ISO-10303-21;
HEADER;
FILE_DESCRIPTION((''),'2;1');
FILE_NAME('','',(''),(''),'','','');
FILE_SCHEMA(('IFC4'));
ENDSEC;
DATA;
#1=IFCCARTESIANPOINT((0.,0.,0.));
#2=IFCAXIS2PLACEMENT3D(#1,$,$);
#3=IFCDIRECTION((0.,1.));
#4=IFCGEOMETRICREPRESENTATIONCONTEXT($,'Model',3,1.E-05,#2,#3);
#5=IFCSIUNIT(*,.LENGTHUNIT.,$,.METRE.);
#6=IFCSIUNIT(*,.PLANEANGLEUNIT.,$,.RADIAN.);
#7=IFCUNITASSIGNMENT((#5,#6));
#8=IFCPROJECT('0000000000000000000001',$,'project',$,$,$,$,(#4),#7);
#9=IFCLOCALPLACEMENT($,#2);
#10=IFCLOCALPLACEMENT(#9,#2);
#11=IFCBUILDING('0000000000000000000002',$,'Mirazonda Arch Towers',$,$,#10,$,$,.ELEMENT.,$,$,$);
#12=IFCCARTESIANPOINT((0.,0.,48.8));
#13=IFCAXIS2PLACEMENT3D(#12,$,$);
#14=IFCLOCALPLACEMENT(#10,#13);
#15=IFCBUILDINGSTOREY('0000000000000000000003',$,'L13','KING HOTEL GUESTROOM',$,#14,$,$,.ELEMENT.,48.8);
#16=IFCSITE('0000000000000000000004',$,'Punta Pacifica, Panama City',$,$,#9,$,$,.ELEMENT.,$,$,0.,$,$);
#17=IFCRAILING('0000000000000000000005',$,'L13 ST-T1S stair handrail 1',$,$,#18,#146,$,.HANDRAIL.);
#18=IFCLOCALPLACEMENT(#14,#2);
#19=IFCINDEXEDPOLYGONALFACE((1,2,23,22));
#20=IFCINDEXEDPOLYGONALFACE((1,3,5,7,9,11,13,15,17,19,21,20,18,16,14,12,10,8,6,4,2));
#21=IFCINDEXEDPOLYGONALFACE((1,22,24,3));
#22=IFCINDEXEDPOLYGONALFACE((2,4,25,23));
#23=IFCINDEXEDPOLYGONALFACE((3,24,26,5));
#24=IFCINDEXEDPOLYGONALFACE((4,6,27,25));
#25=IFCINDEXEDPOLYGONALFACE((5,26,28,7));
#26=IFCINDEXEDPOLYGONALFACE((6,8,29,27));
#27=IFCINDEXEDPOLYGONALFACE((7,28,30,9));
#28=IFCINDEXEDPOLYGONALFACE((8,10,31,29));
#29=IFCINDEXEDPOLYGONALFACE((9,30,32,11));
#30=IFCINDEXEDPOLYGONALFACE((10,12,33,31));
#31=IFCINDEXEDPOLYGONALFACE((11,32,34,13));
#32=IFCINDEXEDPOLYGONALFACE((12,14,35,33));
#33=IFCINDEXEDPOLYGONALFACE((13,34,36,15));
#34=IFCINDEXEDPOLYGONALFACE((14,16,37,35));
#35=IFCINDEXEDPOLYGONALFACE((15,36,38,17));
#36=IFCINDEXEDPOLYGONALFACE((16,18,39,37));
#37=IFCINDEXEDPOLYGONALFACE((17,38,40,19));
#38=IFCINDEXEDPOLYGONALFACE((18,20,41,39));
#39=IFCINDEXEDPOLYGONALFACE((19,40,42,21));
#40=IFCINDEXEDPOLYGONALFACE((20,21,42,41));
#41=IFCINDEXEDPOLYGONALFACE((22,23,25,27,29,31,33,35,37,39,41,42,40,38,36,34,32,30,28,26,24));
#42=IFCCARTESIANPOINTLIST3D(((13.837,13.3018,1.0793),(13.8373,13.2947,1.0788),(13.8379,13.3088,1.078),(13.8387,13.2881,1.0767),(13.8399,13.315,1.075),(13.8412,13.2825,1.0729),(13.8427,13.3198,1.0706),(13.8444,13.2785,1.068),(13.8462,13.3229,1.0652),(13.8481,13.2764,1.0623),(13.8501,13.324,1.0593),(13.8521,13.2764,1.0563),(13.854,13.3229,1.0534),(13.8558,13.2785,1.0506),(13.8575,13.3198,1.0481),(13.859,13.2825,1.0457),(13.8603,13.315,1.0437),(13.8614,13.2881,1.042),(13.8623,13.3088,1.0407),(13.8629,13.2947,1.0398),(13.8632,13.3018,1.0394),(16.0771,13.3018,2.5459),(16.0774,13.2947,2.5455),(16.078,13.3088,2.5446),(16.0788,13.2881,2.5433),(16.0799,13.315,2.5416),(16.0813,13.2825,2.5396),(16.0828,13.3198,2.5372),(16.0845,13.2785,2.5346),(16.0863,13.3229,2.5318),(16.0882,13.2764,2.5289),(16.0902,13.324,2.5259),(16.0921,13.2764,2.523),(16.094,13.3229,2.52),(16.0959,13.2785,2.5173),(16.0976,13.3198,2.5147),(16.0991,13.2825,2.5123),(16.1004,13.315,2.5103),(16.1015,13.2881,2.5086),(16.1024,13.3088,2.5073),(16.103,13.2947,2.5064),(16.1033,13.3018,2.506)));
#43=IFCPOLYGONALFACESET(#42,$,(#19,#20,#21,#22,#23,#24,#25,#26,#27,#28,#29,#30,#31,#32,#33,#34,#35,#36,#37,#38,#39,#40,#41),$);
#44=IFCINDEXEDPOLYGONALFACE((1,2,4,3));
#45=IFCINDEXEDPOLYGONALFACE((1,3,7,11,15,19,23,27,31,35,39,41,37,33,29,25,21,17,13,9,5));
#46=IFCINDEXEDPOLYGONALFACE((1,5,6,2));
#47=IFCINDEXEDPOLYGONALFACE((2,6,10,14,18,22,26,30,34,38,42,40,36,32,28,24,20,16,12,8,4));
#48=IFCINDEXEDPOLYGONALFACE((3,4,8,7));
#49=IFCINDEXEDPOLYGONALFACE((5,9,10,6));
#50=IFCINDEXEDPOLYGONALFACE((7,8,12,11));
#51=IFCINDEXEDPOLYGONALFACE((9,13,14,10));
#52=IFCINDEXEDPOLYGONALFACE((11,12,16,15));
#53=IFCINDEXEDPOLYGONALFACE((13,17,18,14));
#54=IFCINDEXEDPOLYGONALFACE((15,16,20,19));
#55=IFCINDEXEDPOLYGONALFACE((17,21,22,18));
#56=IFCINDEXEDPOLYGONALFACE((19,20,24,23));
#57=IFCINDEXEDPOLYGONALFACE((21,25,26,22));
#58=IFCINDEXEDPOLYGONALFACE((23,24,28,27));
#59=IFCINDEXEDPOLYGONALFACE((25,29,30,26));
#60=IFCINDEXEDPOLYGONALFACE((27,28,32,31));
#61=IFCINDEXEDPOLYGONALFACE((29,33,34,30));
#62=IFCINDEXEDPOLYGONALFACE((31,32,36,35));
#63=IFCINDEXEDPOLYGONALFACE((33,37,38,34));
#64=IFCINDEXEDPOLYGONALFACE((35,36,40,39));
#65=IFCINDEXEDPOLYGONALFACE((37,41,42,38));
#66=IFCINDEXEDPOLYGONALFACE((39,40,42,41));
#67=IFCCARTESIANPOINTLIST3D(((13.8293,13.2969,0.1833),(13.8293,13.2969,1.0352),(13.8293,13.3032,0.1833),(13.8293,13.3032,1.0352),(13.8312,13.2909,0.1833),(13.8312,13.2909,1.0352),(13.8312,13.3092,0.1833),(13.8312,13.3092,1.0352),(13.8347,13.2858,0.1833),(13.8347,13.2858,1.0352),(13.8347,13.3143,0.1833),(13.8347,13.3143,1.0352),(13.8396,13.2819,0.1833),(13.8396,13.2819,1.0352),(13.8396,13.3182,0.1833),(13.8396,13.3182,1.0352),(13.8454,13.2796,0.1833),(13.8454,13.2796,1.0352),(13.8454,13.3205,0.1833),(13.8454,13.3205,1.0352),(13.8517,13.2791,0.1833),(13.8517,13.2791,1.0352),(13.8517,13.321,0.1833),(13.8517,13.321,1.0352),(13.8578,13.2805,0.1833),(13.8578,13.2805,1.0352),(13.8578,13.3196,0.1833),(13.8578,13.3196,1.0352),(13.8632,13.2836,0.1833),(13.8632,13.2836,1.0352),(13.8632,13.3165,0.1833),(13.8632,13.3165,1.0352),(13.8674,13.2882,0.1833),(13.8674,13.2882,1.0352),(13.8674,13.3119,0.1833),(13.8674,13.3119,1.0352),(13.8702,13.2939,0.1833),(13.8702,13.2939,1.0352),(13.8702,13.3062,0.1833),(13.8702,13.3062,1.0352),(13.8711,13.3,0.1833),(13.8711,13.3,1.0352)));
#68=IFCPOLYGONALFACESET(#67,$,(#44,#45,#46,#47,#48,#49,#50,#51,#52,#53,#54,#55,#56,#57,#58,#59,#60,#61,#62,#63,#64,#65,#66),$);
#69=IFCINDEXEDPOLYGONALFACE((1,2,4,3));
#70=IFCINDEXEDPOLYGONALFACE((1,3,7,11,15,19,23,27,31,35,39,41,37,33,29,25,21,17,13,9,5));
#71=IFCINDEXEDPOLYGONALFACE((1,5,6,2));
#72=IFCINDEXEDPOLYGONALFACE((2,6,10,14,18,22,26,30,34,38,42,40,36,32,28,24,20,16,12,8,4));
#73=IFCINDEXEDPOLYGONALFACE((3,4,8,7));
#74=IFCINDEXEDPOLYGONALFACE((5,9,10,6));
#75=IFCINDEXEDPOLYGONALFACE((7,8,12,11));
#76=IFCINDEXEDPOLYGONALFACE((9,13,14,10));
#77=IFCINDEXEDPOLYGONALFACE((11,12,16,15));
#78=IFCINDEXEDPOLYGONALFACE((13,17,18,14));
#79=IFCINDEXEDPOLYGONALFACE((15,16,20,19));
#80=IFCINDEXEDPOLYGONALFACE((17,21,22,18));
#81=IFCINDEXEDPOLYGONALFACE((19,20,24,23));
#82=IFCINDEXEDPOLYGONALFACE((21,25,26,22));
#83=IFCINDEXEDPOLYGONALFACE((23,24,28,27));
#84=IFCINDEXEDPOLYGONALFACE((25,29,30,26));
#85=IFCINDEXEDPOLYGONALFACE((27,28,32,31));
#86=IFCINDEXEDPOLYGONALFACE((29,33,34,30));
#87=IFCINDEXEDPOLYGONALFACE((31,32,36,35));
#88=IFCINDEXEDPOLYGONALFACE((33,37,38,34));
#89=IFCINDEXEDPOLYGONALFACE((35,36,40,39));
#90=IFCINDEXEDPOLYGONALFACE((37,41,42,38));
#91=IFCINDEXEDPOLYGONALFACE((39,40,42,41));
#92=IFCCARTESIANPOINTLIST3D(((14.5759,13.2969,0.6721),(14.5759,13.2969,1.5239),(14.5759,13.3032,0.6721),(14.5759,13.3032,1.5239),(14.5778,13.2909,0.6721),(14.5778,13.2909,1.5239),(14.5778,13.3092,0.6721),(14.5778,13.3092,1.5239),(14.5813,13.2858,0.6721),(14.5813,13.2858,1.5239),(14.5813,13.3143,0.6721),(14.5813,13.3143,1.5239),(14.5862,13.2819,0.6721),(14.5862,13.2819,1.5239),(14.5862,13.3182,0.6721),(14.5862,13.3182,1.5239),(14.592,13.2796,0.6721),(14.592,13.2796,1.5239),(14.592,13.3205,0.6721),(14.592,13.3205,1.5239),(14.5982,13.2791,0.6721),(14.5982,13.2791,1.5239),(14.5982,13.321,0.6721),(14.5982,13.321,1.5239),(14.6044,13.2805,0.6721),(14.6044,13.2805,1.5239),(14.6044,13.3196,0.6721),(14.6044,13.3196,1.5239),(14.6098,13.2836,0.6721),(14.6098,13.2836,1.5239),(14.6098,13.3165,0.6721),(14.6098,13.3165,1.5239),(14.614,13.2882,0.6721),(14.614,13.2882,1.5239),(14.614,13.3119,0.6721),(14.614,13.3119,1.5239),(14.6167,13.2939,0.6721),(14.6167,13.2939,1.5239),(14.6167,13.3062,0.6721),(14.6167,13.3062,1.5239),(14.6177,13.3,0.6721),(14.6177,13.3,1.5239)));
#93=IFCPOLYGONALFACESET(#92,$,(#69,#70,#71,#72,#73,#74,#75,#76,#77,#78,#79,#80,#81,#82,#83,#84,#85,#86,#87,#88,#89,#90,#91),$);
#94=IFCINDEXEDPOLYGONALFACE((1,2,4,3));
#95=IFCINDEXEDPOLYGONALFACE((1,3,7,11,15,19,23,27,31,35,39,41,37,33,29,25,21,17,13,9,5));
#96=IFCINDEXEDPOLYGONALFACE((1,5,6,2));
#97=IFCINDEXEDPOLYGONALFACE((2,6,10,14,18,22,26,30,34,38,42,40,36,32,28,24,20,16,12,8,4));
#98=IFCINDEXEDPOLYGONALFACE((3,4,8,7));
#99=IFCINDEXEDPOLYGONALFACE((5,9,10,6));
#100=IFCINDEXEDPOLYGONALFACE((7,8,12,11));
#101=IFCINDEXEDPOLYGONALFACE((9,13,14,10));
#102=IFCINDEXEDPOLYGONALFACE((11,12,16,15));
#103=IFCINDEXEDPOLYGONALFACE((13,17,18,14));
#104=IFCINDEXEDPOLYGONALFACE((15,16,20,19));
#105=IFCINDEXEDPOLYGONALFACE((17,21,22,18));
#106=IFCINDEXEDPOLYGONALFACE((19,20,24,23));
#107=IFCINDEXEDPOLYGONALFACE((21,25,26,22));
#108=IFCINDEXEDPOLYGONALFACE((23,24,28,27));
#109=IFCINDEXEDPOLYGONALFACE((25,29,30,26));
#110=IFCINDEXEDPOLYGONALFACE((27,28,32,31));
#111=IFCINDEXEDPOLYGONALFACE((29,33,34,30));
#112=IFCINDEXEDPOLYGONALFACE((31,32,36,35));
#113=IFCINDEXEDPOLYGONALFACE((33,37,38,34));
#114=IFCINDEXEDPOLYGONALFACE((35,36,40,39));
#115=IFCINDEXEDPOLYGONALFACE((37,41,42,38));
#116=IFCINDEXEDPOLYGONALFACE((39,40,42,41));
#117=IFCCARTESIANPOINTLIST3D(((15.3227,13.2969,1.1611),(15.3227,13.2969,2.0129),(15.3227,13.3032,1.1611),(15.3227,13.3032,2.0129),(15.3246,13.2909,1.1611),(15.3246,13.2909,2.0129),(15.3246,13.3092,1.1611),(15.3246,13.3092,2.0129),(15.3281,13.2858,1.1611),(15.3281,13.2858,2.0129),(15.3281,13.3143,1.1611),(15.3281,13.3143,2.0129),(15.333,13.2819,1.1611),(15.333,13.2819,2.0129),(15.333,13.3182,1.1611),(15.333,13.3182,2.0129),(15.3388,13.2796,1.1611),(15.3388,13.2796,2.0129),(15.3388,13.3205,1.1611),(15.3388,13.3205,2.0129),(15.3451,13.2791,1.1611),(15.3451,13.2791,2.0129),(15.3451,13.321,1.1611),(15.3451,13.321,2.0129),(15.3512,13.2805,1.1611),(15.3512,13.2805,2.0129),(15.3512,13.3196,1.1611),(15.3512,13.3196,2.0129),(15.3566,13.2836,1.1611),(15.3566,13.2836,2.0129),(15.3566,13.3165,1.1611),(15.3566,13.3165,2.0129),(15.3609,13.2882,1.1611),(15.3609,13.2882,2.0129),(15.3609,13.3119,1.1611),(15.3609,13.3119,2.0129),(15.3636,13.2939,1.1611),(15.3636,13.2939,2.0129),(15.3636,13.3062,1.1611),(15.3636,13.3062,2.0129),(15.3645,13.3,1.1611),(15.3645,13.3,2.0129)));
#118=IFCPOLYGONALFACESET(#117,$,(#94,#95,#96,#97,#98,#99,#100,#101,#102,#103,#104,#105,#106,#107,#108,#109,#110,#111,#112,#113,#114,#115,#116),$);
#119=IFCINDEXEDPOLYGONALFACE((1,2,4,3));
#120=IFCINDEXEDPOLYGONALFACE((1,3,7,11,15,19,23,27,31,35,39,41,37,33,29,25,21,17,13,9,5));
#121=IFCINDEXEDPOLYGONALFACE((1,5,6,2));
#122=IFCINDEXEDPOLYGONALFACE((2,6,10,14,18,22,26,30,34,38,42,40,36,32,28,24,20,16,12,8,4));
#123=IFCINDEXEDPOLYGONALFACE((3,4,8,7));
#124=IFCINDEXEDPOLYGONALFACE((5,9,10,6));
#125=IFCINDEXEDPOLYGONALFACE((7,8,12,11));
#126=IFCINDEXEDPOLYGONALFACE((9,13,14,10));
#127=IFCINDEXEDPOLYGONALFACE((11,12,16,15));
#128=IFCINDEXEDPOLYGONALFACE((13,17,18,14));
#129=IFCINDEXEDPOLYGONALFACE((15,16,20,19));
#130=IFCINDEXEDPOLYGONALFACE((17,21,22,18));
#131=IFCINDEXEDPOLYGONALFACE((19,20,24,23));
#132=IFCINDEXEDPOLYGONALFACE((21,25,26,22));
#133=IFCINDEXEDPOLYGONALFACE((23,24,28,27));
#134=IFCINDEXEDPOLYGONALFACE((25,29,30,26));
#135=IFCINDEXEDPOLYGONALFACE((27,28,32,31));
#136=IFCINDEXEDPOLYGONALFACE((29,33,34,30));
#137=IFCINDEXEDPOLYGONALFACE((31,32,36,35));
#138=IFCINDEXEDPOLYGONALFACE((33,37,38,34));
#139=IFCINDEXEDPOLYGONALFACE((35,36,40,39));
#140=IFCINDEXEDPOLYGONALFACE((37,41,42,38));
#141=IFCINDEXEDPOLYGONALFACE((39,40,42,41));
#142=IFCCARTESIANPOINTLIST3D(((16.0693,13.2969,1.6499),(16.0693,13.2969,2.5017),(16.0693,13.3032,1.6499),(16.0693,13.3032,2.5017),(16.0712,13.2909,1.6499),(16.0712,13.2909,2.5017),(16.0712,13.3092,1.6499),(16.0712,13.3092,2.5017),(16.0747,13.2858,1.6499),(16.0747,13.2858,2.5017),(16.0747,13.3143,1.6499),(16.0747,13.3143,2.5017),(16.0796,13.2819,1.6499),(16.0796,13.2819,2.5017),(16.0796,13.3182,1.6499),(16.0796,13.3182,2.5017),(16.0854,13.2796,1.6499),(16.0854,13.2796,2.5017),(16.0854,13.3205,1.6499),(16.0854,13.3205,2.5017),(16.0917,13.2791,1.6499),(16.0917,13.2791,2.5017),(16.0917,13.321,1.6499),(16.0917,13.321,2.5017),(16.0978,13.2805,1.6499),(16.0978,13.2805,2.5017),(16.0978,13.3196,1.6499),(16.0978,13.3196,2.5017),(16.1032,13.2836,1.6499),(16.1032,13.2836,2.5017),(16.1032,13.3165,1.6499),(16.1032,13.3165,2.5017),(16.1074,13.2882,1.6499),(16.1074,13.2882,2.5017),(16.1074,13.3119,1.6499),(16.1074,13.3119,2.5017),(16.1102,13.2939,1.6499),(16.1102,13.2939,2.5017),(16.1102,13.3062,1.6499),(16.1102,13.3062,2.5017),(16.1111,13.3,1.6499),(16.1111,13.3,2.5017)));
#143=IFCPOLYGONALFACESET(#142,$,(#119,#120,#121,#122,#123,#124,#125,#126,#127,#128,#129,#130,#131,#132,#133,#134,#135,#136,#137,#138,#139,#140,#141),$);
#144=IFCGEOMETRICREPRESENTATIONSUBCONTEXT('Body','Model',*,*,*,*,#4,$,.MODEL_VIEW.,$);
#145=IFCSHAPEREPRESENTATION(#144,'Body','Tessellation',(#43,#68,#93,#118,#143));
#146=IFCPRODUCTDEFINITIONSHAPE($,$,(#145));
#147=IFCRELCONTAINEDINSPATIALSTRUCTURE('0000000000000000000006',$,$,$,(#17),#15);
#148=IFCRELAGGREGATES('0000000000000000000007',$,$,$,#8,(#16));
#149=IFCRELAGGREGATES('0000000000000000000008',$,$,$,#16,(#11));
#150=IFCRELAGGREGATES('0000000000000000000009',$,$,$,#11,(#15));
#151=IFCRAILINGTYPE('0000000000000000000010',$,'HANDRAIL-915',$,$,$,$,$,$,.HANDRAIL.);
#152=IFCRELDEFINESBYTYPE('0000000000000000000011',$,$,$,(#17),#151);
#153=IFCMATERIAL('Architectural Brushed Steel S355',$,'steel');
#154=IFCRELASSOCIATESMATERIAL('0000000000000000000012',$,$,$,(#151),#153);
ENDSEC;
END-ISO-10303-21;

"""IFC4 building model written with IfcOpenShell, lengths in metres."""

from ifc_helpers import new_model, si_unit, direction, frame, origin, origin_2d, place, context, subcontext, project, spatial, circle, extrude, material, type_object, element, save


model = new_model("IFC4")

# Units and contexts
model_context = context("Model", 3, precision=1e-05, world=origin(), true_north=direction((0.0, 1.0)))
body_context = subcontext(model_context, "Body", "Model", "MODEL_VIEW")
ifc_project = project(units=[si_unit("LENGTHUNIT", "METRE"), si_unit("PLANEANGLEUNIT", "RADIAN")], contexts=[model_context])

# Site, building, storey
site_placement = place(None, origin())
site = spatial("IfcSite", under=ifc_project, at=site_placement, Name="Punta Pacifica, Panama City", CompositionType="ELEMENT", RefElevation=0.0)
building_placement = place(site_placement, origin())
building = spatial("IfcBuilding", under=site, at=building_placement, Name="Mirazonda Arch Towers", CompositionType="ELEMENT")
storey_placement = place(building_placement, frame((0.0, 0.0, 48.8)))
storey = spatial("IfcBuildingStorey", under=building, at=storey_placement, Name="L13", Description="KING HOTEL GUESTROOM", CompositionType="ELEMENT", Elevation=48.8)

# Shared definitions
ifc_material_1 = material(Name="Architectural Brushed Steel S355", Category="steel")

# Railing
railing_type_1 = type_object("IfcRailingType", Name="HANDRAIL-915", PredefinedType="HANDRAIL", material=ifc_material_1)
railing_1_placement = place(storey_placement, frame((13.8501, 13.3, 0.1833)))
element("IfcRailing", 1, at=railing_1_placement, inside=storey, type_object=railing_type_1, Name="L13 ST-T1S stair handrail 1", PredefinedType="HANDRAIL", context=body_context, shape_type="SweptSolid", body=[
    extrude(circle(Radius=0.0239, at=origin_2d()), frame((0.0, 0.0, 0.876), z_axis=(0.836637, 0.0, 0.547758), x_axis=(0.0, 1.0, 0.0)), (0.0, 0.0, 1.0), 2.6775),
    extrude(circle(Radius=0.021, at=origin_2d()), origin(), (0.0, 0.0, 1.0), 0.8518),
    extrude(circle(Radius=0.021, at=origin_2d()), frame((0.7466, 0.0, 0.4888)), (0.0, 0.0, 1.0), 0.8518),
    extrude(circle(Radius=0.021, at=origin_2d()), frame((1.4934, 0.0, 0.9778)), (0.0, 0.0, 1.0), 0.8518),
    extrude(circle(Radius=0.021, at=origin_2d()), frame((2.24, 0.0, 1.4666)), (0.0, 0.0, 1.0), 0.8518),
])

save(model, "model.ifc")
